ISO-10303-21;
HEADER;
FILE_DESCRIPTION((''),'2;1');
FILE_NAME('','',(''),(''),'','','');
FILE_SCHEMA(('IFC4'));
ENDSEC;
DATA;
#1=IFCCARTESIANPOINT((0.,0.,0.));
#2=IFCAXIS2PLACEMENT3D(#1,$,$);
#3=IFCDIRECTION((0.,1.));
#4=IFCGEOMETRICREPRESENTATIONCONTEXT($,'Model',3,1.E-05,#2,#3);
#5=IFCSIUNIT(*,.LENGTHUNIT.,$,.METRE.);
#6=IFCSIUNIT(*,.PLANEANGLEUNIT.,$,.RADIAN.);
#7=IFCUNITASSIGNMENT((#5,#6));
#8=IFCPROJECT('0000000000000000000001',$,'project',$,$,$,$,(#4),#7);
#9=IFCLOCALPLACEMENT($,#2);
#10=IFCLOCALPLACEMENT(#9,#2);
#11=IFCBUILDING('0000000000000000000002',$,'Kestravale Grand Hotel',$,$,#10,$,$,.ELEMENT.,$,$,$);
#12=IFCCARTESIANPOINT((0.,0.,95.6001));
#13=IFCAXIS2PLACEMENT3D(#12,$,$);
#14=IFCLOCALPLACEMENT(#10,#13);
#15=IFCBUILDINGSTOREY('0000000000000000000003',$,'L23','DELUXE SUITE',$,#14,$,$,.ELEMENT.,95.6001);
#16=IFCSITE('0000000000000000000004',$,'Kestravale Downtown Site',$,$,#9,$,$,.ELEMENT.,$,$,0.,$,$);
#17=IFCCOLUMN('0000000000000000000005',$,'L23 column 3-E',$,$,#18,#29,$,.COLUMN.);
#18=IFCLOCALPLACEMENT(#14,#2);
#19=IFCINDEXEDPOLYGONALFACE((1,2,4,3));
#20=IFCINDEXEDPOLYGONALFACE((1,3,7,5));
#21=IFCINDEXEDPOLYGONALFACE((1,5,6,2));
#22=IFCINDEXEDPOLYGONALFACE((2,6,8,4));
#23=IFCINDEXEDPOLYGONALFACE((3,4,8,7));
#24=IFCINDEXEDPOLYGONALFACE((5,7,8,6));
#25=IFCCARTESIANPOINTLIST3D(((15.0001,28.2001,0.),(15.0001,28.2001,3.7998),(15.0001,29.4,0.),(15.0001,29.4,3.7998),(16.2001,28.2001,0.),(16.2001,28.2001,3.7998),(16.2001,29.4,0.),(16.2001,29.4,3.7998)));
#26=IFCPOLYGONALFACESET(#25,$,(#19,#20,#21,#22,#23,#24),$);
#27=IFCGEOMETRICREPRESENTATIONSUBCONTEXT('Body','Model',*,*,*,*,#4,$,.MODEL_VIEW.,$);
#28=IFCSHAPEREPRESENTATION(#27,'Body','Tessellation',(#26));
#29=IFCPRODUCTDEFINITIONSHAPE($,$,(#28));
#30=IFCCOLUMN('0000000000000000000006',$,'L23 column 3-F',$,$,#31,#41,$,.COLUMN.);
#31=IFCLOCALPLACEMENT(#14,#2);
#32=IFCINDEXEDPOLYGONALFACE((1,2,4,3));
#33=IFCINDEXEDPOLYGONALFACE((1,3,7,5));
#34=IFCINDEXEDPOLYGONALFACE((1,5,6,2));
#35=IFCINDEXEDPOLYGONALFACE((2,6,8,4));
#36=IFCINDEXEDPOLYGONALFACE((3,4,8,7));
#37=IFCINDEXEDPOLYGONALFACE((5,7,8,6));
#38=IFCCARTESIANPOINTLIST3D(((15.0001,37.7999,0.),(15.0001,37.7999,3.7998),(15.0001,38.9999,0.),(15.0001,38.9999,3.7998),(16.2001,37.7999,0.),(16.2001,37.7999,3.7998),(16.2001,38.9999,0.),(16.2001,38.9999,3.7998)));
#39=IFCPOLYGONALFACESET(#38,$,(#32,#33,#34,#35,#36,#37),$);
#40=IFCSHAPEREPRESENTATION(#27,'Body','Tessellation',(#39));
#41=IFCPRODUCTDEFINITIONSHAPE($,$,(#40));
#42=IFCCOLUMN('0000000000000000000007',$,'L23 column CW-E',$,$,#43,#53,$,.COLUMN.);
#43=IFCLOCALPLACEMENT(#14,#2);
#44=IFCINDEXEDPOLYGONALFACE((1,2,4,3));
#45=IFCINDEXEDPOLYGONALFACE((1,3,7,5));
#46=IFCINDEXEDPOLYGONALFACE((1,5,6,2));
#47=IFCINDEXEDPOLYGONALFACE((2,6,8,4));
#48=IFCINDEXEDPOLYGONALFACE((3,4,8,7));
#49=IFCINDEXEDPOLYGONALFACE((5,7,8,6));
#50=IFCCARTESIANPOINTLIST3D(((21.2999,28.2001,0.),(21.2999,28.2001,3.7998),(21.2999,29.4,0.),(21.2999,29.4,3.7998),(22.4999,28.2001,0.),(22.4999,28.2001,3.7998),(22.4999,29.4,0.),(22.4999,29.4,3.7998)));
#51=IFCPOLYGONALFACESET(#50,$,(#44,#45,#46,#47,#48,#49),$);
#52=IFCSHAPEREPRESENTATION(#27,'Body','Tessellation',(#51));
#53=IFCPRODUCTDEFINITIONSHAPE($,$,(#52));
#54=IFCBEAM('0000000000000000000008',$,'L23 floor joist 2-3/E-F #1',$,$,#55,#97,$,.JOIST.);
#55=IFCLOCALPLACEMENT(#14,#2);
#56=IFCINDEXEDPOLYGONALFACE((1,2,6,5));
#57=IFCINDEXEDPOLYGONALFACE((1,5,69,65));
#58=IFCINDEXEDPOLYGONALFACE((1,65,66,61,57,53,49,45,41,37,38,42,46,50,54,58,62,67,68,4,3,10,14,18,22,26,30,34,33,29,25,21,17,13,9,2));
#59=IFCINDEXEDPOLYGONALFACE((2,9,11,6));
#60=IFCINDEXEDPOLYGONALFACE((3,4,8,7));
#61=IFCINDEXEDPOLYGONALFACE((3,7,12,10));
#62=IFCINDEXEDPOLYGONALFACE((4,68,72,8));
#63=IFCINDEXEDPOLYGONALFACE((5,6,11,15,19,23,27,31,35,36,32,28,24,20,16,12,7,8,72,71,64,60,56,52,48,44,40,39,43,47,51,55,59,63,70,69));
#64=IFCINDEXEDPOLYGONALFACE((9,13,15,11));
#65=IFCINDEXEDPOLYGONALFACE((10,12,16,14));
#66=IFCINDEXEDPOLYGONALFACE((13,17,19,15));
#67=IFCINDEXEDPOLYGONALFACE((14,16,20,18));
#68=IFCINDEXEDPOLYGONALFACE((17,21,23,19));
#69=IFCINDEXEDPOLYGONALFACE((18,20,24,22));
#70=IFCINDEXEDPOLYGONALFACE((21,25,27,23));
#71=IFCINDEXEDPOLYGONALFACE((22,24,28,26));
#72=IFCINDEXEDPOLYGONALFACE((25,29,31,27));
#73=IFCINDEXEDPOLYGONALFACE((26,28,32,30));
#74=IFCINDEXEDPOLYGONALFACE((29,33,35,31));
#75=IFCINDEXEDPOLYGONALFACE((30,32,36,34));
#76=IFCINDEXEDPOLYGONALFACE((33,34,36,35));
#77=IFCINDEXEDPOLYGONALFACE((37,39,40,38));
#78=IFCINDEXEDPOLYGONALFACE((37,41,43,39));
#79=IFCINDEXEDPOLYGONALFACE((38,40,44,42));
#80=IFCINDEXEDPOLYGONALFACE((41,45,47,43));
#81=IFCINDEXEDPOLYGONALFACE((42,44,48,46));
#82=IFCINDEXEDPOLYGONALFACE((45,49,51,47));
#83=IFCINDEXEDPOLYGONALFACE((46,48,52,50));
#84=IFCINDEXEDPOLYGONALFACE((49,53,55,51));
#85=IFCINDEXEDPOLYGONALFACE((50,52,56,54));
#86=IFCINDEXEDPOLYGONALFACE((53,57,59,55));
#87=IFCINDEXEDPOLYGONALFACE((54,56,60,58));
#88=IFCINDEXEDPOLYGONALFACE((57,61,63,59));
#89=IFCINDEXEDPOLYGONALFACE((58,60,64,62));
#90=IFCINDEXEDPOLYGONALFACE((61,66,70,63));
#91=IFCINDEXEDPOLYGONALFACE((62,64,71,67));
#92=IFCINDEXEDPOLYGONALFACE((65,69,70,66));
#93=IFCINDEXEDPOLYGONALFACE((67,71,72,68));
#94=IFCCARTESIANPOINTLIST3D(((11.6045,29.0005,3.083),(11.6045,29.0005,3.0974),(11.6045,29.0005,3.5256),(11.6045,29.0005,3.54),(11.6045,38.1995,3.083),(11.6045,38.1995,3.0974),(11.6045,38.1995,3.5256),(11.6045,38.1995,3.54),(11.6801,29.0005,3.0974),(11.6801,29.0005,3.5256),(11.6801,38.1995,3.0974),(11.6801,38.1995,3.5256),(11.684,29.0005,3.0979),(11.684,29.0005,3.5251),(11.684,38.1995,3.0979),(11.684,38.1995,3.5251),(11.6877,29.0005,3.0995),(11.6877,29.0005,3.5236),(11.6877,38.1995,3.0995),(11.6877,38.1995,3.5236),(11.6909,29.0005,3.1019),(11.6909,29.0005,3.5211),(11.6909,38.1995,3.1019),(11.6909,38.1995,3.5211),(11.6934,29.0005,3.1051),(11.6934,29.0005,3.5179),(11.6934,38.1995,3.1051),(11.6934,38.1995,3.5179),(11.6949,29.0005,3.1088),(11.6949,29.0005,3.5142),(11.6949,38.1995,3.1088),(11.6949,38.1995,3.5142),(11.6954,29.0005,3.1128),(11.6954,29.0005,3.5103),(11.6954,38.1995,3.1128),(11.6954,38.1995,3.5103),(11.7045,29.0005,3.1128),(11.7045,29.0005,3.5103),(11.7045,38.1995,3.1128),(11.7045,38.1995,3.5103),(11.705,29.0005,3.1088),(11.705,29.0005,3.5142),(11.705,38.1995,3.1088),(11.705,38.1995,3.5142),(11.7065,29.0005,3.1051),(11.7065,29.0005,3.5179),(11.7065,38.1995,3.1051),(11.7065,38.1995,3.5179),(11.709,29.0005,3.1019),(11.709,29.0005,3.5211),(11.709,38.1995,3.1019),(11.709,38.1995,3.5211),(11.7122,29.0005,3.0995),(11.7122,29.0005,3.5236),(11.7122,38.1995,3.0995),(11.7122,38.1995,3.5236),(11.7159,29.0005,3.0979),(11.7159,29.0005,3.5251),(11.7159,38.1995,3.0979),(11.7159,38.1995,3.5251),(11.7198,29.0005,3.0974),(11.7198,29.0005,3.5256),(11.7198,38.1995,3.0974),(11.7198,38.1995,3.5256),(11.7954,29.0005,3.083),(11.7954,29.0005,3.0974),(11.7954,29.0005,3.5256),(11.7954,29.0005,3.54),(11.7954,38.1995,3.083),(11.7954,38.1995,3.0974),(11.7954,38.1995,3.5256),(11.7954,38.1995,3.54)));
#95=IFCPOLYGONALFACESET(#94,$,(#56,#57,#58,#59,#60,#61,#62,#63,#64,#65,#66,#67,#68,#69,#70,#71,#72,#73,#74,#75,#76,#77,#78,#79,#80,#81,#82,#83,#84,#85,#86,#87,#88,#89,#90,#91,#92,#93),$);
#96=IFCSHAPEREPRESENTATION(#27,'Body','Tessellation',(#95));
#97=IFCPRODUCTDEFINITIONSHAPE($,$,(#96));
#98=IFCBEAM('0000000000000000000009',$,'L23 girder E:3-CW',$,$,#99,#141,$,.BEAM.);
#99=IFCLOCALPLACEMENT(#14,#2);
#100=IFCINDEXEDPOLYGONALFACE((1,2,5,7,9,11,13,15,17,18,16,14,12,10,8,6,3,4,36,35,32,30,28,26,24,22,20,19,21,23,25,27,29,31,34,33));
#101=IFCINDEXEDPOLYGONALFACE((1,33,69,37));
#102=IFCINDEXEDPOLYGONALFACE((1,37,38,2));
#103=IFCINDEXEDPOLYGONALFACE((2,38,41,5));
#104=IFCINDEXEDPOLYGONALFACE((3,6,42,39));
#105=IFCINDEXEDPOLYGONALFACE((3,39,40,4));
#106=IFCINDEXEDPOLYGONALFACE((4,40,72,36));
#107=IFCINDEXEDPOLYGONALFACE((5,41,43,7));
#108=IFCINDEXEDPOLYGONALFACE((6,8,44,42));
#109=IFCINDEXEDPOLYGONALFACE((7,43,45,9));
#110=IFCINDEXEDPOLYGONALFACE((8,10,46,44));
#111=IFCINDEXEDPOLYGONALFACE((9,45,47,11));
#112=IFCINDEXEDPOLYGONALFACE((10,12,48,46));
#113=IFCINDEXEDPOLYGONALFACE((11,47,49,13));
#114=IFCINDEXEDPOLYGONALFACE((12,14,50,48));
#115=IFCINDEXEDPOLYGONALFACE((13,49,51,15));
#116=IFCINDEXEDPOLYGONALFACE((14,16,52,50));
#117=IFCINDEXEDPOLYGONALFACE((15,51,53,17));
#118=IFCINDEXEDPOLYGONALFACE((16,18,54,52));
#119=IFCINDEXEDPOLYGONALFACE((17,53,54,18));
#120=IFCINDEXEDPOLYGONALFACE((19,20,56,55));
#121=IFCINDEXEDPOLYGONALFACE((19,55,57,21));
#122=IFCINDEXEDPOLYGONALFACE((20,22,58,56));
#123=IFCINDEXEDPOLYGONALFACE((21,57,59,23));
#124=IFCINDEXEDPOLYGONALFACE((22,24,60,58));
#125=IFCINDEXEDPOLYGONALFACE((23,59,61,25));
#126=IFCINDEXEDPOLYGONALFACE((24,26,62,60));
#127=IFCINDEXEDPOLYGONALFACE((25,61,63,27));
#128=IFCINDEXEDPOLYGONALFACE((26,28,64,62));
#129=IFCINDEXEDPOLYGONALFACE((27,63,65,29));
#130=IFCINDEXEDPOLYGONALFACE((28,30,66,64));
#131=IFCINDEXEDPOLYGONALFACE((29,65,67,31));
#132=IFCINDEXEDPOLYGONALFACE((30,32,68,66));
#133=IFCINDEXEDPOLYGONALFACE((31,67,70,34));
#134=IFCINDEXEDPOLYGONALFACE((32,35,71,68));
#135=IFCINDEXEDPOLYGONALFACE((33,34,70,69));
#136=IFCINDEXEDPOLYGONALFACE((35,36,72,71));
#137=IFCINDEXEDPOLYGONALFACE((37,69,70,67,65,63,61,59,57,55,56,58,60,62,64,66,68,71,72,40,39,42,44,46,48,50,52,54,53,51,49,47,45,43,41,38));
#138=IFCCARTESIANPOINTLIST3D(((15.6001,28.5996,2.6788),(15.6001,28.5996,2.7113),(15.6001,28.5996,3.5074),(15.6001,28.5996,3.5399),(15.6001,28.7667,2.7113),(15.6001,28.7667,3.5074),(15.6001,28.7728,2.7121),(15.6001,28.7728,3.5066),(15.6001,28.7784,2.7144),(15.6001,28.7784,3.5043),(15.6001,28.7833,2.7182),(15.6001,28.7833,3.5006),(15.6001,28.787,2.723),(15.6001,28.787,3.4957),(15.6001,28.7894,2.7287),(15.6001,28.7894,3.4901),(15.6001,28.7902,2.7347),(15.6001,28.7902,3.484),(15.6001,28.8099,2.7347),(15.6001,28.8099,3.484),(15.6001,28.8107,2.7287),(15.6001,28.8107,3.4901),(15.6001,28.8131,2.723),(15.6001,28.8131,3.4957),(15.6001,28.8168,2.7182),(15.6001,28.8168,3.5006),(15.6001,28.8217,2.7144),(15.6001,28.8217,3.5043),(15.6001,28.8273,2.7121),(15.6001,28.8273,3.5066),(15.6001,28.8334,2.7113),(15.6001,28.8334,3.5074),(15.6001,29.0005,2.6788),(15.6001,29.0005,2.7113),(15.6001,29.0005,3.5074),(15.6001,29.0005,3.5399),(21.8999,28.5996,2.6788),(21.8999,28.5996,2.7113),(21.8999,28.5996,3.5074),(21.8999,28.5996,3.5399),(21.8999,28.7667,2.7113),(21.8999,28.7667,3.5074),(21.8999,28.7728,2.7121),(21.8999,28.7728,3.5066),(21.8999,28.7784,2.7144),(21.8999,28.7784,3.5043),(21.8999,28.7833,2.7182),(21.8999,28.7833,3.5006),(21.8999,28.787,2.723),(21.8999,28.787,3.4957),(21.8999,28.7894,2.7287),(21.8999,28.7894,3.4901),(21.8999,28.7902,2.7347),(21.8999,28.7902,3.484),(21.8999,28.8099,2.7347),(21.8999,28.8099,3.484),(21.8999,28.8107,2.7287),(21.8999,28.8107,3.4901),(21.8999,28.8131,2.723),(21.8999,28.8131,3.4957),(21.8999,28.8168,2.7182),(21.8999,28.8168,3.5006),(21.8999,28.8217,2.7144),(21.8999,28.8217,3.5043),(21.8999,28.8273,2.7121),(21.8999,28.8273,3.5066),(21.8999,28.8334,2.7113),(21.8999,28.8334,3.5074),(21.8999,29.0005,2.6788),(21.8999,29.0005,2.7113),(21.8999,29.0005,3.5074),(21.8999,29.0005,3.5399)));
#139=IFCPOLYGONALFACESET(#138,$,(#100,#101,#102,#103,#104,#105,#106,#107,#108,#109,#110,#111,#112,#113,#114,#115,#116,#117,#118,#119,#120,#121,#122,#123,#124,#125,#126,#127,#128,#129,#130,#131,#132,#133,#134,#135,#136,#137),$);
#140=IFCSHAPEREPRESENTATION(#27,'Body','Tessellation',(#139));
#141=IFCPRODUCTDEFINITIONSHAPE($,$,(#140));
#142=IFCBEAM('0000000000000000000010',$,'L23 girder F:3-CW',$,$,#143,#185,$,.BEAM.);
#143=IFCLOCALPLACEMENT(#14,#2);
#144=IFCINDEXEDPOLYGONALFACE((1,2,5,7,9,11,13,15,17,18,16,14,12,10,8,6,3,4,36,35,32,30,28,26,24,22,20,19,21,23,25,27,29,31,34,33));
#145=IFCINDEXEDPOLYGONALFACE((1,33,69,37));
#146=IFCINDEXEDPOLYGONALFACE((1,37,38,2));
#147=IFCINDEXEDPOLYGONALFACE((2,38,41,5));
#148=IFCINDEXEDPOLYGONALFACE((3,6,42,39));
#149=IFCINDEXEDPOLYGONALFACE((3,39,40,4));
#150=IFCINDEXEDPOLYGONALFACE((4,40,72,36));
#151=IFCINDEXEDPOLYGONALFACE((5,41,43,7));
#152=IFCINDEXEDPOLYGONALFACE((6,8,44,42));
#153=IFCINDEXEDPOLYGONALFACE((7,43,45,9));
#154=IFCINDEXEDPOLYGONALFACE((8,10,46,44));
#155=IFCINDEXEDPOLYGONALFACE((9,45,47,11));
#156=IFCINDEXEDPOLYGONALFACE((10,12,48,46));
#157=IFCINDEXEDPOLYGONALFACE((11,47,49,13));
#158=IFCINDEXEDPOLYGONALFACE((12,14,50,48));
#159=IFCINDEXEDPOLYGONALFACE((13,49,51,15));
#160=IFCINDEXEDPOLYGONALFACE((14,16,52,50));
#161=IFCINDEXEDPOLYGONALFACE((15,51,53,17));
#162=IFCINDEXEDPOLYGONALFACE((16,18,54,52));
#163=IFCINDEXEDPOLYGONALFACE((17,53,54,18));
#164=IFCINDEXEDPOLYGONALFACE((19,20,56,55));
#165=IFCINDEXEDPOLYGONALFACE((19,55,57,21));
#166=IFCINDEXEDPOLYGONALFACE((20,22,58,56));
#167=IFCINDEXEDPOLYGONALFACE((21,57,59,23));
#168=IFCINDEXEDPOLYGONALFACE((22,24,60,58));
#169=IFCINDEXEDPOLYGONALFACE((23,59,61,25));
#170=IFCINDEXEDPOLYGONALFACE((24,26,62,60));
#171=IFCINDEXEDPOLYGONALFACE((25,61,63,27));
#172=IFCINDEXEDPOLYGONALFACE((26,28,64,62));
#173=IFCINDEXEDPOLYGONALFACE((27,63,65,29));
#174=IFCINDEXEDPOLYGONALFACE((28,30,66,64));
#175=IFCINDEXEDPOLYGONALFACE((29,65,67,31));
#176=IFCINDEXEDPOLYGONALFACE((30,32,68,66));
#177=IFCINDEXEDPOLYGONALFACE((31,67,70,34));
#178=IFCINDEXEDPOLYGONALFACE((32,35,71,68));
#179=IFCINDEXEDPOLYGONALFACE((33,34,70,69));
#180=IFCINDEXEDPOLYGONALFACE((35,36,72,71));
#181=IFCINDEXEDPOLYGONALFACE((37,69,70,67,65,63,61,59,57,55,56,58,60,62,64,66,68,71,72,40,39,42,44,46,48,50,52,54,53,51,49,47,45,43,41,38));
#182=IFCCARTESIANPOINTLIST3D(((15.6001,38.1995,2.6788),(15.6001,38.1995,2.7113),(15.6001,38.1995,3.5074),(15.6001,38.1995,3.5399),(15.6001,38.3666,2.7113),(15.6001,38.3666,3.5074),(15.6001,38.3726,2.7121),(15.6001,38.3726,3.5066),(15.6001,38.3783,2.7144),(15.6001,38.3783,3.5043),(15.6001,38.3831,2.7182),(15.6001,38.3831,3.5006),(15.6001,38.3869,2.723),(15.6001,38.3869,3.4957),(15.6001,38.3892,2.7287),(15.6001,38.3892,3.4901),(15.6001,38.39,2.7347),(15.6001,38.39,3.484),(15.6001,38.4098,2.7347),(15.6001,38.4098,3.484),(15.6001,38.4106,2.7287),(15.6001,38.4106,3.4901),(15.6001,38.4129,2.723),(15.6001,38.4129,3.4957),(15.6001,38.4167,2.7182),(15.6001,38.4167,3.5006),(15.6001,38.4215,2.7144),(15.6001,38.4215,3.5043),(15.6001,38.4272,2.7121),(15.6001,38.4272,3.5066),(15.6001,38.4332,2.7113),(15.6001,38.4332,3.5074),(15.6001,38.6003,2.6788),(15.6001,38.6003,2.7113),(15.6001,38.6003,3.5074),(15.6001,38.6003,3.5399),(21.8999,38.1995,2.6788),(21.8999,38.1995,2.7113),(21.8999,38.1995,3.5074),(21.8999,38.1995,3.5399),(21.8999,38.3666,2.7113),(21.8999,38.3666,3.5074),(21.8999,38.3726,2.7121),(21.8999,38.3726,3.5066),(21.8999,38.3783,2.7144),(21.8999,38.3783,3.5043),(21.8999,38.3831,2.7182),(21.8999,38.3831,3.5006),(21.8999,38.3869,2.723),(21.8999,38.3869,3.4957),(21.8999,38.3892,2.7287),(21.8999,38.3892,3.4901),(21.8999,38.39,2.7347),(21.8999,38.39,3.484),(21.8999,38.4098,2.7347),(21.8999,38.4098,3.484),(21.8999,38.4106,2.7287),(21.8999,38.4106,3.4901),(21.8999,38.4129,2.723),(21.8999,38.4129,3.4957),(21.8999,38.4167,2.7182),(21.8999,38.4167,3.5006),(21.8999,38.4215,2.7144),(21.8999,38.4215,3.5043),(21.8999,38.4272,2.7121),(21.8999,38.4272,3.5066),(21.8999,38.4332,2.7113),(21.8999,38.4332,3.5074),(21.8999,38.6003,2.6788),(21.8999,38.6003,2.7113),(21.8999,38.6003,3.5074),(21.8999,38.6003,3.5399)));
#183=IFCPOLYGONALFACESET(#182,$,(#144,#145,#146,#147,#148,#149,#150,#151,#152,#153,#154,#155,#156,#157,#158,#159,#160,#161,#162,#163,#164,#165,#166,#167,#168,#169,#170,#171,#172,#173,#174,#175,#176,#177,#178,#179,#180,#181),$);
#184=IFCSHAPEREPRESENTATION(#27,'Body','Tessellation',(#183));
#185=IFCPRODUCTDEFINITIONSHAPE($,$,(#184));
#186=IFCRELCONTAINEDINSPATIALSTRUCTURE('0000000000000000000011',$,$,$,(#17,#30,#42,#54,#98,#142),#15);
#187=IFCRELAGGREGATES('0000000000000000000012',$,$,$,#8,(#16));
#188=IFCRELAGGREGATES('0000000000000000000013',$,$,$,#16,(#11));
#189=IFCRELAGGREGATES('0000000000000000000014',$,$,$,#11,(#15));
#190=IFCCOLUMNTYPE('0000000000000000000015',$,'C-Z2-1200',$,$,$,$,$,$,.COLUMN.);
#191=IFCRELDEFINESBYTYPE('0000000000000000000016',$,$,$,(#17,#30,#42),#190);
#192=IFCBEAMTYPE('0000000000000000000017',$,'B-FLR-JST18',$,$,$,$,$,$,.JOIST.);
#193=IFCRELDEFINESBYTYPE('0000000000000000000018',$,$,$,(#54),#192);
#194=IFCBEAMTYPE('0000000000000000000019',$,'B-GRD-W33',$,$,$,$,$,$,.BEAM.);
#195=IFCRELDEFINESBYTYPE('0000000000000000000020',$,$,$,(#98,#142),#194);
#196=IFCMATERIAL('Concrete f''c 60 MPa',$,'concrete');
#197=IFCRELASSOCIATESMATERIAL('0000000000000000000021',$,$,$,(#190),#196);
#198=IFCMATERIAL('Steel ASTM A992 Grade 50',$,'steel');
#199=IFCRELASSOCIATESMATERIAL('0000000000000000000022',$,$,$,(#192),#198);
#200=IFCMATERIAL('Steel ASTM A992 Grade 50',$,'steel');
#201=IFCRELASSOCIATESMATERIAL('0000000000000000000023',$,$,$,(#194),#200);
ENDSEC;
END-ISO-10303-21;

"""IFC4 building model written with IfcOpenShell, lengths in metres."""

from ifc_helpers import new_model, si_unit, direction, frame, origin, origin_2d, place, context, subcontext, project, spatial, rectangle, i_section, extrude, material, material_profile, profile_set, type_object, element, save


model = new_model("IFC4")

# Units and contexts
model_context = context("Model", 3, precision=1e-05, world=origin(), true_north=direction((0.0, 1.0)))
body_context = subcontext(model_context, "Body", "Model", "MODEL_VIEW")
ifc_project = project(units=[si_unit("LENGTHUNIT", "METRE"), si_unit("PLANEANGLEUNIT", "RADIAN")], contexts=[model_context])

# Site, building, storey
site_placement = place(None, origin())
site = spatial("IfcSite", under=ifc_project, at=site_placement, Name="Kestravale Downtown Site", CompositionType="ELEMENT", RefElevation=0.0)
building_placement = place(site_placement, origin())
building = spatial("IfcBuilding", under=site, at=building_placement, Name="Kestravale Grand Hotel", CompositionType="ELEMENT")
storey_placement = place(building_placement, frame((0.0, 0.0, 95.6001)))
storey = spatial("IfcBuildingStorey", under=building, at=storey_placement, Name="L23", Description="DELUXE SUITE", CompositionType="ELEMENT", Elevation=95.6001)

# Columns
ifc_material_1 = material(Name="Concrete f'c 60 MPa", Category="concrete")
ifc_material_profile_1 = material_profile(ifc_material_1, rectangle(XDim=1.2, YDim=1.2, at=origin_2d()))
ifc_profile_set_1 = profile_set([ifc_material_profile_1], Name="Concrete f'c 60 MPa")
column_type = type_object("IfcColumnType", Name="C-Z2-1200", PredefinedType="COLUMN", material=ifc_profile_set_1)
for number, where, z_axis, x_axis, name in (
    (1, (15.6001, 28.8, 0.0), (0.0, 0.0, 1.0), (1.0, 0.0, 0.0), "L23 column 3-E"),
    (2, (15.6001, 38.3999, 0.0), (0.0, 0.0, 1.0), (1.0, 0.0, 0.0), "L23 column 3-F"),
    (3, (21.8999, 28.8, 0.0), (0.0, 0.0, 1.0), (1.0, 0.0, 0.0), "L23 column CW-E"),
):
    element("IfcColumn", number, at=place(storey_placement, frame(where, z_axis=z_axis, x_axis=x_axis)), inside=storey, type_object=column_type, Name=name, PredefinedType="COLUMN", context=body_context, shape_type="SweptSolid", body=[
        extrude(rectangle(XDim=1.2, YDim=1.2, at=origin_2d()), origin(), (0.0, 0.0, 1.0), 3.7998),
    ])

# Beams
ifc_material_2 = material(Name="Steel ASTM A992 Grade 50", Category="steel")
ifc_material_profile_2 = material_profile(ifc_material_2, i_section(OverallWidth=0.1909, OverallDepth=0.457, WebThickness=0.009, FlangeThickness=0.0144, FilletRadius=0.0154, at=origin_2d()))
ifc_profile_set_2 = profile_set([ifc_material_profile_2], Name="Steel ASTM A992 Grade 50")
beam_type_1 = type_object("IfcBeamType", Name="B-FLR-JST18", PredefinedType="JOIST", material=ifc_profile_set_2)
beam_1_placement = place(storey_placement, frame((11.7, 29.0005, 3.3115), z_axis=(0.0, 1.0, 0.0), x_axis=(-1.0, 0.0, 0.0)))
element("IfcBeam", 4, at=beam_1_placement, inside=storey, type_object=beam_type_1, Name="L23 floor joist 2-3/E-F #1", PredefinedType="JOIST", context=body_context, shape_type="SweptSolid", body=[
    extrude(i_section(OverallWidth=0.1909, OverallDepth=0.457, WebThickness=0.009, FlangeThickness=0.0144, FilletRadius=0.0154, at=origin_2d()), origin(), (0.0, 0.0, 1.0), 9.199),
])
ifc_material_3 = material(Name="Steel ASTM A992 Grade 50", Category="steel")
ifc_material_profile_3 = material_profile(ifc_material_3, i_section(OverallWidth=0.4009, OverallDepth=0.8611, WebThickness=0.0198, FlangeThickness=0.0325, FilletRadius=0.0234, at=origin_2d()))
ifc_profile_set_3 = profile_set([ifc_material_profile_3], Name="Steel ASTM A992 Grade 50")
beam_type_2 = type_object("IfcBeamType", Name="B-GRD-W33", PredefinedType="BEAM", material=ifc_profile_set_3)
for number, where, z_axis, x_axis, name in (
    (5, (15.6001, 28.8, 3.1094), (1.0, 0.0, 0.0), (0.0, 1.0, 0.0), "L23 girder E:3-CW"),
    (6, (15.6001, 38.3999, 3.1094), (1.0, 0.0, 0.0), (0.0, 1.0, 0.0), "L23 girder F:3-CW"),
):
    element("IfcBeam", number, at=place(storey_placement, frame(where, z_axis=z_axis, x_axis=x_axis)), inside=storey, type_object=beam_type_2, Name=name, PredefinedType="BEAM", context=body_context, shape_type="SweptSolid", body=[
        extrude(i_section(OverallWidth=0.4009, OverallDepth=0.8611, WebThickness=0.0198, FlangeThickness=0.0325, FilletRadius=0.0234, at=origin_2d()), origin(), (0.0, 0.0, 1.0), 6.2998),
    ])

save(model, "model.ifc")
